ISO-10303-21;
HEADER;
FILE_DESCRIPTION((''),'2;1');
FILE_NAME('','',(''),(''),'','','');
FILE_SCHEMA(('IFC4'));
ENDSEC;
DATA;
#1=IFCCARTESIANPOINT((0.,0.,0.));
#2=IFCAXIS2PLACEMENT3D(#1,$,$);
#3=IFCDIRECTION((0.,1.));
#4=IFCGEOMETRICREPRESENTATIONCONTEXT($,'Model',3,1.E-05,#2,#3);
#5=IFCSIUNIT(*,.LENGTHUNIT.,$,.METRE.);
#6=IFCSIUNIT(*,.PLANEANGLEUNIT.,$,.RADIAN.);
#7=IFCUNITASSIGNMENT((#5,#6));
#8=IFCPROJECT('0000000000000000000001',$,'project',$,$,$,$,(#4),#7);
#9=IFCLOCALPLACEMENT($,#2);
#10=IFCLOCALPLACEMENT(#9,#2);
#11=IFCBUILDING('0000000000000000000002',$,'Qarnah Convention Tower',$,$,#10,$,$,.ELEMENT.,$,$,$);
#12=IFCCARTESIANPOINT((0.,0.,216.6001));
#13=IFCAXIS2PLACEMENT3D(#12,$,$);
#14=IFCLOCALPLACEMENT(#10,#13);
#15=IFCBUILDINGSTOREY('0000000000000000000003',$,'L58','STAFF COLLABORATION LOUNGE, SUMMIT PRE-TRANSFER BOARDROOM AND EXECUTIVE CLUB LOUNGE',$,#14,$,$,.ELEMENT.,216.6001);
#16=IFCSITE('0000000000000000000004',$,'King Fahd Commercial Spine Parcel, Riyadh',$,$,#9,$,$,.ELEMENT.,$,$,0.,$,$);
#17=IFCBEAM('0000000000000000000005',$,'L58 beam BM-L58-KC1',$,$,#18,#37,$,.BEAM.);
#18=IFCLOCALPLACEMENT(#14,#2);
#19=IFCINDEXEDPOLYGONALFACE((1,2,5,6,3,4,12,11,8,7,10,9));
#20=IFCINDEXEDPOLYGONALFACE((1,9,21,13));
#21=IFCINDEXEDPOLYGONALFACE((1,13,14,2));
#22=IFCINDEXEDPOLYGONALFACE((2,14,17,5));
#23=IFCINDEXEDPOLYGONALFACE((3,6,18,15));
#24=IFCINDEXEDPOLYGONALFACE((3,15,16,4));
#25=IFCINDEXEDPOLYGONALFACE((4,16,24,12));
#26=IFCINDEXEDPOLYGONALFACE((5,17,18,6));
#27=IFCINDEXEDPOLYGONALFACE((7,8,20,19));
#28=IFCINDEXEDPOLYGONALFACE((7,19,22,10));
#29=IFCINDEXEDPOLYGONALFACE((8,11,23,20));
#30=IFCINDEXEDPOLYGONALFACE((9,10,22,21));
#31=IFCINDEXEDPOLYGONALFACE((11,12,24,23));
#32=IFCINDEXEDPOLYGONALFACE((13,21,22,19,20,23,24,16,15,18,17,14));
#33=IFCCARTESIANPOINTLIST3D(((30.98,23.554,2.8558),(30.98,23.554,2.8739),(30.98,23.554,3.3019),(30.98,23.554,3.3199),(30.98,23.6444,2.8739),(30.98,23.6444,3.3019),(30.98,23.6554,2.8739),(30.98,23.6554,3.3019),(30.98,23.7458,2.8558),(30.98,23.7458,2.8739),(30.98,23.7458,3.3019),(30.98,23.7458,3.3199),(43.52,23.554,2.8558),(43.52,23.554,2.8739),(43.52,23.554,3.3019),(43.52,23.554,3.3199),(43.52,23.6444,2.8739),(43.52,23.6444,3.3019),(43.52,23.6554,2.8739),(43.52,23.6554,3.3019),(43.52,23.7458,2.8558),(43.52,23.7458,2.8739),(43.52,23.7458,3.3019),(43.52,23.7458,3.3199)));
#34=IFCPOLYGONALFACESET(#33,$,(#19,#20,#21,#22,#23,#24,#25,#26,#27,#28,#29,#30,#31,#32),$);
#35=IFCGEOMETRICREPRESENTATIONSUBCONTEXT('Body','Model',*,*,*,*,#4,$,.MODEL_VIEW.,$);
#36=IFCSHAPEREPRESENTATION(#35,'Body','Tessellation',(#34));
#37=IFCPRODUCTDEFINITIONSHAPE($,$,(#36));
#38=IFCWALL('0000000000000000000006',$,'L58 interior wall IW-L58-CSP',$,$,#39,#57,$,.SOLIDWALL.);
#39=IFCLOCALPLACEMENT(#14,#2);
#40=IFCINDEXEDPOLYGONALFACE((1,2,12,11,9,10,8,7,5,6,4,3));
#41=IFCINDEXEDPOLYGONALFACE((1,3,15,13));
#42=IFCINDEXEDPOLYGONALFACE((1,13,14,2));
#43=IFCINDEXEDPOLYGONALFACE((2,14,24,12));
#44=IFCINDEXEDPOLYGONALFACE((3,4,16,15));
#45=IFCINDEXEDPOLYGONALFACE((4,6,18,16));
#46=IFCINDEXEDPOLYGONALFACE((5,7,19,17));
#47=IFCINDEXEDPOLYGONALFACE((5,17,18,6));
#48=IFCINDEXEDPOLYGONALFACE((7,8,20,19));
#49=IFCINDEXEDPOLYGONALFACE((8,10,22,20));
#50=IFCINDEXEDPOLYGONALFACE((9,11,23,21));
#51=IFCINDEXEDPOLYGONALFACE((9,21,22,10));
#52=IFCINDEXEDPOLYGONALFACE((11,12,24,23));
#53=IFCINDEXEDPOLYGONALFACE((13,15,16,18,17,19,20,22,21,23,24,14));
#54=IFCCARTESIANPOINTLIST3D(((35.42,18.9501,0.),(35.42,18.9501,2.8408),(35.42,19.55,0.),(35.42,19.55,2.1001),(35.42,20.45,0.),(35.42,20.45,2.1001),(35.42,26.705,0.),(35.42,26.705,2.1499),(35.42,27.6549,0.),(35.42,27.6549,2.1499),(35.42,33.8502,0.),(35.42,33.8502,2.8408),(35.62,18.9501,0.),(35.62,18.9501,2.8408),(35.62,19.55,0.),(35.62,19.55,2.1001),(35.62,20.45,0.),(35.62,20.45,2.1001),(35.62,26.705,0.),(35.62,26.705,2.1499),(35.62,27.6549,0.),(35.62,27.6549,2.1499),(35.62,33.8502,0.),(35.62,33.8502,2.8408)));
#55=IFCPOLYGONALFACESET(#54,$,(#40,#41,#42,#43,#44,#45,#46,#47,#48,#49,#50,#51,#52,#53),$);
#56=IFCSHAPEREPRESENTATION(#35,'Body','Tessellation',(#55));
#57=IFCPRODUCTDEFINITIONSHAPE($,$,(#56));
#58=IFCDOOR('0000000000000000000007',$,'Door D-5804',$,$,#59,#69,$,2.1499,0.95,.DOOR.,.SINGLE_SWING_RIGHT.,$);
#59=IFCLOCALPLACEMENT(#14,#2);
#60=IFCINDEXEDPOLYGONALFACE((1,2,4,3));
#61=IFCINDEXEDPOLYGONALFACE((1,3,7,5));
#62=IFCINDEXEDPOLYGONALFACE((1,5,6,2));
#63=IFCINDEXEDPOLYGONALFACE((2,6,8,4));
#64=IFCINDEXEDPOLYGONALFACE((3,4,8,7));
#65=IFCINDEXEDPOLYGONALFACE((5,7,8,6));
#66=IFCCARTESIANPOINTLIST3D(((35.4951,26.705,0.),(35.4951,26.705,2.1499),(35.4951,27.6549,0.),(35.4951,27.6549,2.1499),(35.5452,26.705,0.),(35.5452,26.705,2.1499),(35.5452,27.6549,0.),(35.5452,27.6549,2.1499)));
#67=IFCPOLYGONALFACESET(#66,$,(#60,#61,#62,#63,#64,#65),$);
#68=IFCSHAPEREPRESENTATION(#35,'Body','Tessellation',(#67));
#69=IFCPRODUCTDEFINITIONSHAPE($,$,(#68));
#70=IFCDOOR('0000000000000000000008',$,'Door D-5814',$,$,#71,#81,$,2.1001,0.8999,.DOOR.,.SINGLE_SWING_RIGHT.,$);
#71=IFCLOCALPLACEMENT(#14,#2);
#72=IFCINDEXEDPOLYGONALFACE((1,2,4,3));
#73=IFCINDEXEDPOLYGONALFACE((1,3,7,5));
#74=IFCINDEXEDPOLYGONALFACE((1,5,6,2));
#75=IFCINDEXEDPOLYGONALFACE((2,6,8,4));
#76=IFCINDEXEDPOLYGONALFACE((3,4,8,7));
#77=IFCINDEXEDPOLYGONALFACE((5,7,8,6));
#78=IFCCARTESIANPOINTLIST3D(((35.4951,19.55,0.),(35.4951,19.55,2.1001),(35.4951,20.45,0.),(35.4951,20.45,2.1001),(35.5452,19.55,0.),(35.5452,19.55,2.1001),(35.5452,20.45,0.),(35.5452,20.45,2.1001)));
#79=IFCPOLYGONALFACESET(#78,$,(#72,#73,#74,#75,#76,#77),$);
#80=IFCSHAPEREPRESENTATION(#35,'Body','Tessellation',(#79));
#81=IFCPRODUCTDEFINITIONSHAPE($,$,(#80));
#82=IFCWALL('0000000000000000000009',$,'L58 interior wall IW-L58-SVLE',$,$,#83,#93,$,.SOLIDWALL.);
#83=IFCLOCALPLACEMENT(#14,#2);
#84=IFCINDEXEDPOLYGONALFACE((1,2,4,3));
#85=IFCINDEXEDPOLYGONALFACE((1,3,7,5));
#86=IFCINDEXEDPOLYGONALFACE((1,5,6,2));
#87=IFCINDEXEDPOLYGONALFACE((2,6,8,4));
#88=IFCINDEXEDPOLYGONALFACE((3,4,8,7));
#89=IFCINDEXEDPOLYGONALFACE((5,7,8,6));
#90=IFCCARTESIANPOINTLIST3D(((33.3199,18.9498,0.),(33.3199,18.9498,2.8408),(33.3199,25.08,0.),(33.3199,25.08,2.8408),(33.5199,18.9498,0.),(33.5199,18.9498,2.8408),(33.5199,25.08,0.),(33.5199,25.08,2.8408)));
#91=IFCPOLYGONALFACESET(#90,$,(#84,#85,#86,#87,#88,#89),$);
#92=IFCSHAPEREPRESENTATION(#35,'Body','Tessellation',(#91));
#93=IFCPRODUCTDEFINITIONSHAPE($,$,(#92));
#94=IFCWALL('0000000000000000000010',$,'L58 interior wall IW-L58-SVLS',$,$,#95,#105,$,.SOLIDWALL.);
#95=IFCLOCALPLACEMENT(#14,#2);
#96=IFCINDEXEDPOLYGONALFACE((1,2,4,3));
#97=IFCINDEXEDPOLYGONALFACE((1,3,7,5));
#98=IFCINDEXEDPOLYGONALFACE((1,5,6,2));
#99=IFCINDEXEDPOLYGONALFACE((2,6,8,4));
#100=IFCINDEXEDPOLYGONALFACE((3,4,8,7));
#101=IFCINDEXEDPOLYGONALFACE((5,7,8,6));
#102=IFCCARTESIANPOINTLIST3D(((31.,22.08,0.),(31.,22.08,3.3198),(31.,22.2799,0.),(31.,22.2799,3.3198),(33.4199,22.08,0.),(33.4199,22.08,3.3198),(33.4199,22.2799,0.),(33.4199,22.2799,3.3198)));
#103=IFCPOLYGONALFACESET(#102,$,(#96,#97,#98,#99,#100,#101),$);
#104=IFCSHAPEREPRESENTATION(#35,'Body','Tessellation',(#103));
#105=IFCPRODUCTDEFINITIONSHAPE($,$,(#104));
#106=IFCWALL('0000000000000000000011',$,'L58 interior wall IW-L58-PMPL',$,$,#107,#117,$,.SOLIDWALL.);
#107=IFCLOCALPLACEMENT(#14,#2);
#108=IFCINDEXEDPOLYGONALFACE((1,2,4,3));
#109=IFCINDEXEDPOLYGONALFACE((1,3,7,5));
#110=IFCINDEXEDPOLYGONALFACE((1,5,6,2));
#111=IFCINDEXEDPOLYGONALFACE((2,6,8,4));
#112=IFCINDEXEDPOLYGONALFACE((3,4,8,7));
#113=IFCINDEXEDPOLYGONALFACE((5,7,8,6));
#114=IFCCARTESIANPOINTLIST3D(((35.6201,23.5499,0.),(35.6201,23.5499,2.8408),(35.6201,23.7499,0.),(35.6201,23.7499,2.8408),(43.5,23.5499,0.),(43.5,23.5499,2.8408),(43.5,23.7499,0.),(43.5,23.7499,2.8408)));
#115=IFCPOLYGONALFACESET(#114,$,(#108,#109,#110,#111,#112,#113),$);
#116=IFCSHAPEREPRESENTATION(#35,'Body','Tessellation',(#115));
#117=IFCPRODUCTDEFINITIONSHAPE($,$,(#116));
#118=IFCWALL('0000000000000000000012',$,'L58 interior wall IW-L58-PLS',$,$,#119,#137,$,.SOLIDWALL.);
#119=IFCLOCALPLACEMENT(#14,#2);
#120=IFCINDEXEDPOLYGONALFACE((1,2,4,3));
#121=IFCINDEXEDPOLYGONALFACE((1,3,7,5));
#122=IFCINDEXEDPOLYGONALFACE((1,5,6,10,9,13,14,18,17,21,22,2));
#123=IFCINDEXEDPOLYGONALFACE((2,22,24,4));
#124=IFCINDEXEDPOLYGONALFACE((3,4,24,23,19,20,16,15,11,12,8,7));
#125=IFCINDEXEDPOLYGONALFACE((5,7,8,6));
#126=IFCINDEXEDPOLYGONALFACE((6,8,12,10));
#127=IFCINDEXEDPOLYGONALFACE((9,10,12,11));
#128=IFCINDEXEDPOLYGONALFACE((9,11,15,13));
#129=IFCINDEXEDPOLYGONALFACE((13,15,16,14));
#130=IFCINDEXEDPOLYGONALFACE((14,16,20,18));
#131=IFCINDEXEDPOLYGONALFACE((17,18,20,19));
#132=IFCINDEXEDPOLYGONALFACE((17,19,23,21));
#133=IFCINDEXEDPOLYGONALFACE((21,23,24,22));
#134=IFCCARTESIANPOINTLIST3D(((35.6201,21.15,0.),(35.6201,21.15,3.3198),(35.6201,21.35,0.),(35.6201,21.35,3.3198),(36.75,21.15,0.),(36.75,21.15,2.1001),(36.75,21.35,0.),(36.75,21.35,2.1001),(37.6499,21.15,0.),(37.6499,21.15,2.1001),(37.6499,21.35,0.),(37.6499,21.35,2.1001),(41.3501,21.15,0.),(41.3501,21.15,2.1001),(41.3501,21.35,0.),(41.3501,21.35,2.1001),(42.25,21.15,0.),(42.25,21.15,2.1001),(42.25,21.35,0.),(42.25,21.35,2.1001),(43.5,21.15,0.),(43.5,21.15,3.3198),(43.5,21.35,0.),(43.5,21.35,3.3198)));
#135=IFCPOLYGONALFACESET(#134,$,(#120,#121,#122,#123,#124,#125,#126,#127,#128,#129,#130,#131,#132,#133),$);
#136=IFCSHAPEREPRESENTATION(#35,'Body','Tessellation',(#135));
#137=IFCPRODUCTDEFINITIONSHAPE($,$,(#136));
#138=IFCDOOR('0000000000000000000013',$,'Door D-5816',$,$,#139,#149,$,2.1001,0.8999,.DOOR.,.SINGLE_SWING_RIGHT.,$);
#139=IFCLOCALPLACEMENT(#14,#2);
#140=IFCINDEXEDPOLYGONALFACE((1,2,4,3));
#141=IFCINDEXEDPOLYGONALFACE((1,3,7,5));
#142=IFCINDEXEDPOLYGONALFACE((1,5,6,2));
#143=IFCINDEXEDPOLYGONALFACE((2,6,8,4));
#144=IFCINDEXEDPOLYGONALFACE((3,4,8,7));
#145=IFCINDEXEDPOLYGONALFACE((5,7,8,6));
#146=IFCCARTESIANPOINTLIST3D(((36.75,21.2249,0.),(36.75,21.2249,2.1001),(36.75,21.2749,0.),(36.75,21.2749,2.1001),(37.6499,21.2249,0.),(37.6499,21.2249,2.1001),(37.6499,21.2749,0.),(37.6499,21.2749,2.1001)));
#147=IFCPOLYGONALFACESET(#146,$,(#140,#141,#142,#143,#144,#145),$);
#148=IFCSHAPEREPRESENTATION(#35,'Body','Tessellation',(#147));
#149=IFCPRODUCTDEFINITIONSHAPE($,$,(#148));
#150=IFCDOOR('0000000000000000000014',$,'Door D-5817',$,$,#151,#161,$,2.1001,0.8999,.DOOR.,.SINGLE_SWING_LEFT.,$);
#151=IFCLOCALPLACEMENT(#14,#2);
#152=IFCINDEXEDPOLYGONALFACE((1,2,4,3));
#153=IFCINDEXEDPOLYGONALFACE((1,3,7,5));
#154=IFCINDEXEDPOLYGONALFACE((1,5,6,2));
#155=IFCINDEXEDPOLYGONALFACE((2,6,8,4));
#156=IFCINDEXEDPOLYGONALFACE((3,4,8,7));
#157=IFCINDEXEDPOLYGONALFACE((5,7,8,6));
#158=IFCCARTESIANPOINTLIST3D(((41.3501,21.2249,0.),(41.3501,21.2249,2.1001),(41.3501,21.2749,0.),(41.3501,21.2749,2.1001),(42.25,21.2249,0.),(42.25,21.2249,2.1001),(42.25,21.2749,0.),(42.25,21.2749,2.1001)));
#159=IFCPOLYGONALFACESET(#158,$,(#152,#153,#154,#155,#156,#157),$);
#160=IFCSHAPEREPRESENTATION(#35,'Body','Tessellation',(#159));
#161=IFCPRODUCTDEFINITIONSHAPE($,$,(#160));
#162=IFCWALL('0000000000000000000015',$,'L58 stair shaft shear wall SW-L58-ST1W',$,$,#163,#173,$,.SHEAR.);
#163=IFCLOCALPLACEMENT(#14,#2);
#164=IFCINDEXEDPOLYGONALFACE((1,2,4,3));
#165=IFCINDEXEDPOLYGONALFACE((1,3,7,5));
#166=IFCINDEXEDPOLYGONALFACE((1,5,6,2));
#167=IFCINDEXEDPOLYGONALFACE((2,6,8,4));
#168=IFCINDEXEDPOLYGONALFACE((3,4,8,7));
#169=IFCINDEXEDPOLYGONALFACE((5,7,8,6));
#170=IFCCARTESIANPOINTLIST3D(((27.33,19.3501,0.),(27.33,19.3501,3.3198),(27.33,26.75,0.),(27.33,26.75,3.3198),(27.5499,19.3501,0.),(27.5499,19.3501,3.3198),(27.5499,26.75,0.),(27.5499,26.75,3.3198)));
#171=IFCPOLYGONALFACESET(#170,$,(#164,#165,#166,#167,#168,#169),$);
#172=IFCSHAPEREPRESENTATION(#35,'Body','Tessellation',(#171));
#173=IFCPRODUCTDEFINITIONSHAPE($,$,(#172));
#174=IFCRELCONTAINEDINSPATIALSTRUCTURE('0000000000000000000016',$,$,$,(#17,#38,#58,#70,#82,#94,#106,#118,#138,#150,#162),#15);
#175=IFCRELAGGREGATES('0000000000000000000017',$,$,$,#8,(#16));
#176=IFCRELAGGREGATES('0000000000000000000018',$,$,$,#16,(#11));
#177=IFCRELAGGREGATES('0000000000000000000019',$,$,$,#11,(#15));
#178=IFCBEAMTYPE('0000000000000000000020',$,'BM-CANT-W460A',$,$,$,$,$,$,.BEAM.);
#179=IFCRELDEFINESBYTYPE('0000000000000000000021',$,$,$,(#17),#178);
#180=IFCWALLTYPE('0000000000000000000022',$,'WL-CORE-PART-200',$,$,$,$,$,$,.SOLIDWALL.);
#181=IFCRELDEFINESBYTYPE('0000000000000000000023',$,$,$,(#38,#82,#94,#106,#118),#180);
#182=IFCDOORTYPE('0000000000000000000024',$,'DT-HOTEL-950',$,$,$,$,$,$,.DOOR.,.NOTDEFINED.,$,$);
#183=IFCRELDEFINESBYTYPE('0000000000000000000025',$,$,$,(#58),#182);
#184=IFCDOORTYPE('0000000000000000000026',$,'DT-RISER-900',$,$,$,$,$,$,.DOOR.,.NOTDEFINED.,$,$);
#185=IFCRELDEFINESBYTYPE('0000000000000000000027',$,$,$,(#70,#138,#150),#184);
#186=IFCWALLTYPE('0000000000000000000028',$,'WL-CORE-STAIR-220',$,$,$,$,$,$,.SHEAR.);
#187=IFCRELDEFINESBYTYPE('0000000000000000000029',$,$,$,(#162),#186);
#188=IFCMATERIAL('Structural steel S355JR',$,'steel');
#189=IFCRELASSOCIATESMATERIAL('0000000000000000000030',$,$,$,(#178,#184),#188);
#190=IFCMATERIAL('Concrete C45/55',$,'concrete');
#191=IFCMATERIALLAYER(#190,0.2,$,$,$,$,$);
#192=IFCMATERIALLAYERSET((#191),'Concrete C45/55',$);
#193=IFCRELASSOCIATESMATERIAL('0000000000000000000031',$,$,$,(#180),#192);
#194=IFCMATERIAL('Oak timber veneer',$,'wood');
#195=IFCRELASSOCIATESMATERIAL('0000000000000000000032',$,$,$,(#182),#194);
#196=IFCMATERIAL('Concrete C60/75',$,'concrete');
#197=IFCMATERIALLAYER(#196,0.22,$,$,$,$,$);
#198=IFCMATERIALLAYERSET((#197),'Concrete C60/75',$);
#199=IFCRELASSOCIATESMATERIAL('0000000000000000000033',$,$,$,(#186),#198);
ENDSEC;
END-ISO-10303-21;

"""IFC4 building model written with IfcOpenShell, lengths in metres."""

from ifc_helpers import new_model, si_unit, direction, frame, frame_2d, origin, origin_2d, place, context, subcontext, project, spatial, rectangle, i_section, extrude, material, layer, layer_set, material_profile, profile_set, type_object, element, fill, save


model = new_model("IFC4")

# Units and contexts
model_context = context("Model", 3, precision=1e-05, world=origin(), true_north=direction((0.0, 1.0)))
body_context = subcontext(model_context, "Body", "Model", "MODEL_VIEW")
ifc_project = project(units=[si_unit("LENGTHUNIT", "METRE"), si_unit("PLANEANGLEUNIT", "RADIAN")], contexts=[model_context])

# Site, building, storey
site_placement = place(None, origin())
site = spatial("IfcSite", under=ifc_project, at=site_placement, Name="King Fahd Commercial Spine Parcel, Riyadh", CompositionType="ELEMENT", RefElevation=0.0)
building_placement = place(site_placement, origin())
building = spatial("IfcBuilding", under=site, at=building_placement, Name="Qarnah Convention Tower", CompositionType="ELEMENT")
storey_placement = place(building_placement, frame((0.0, 0.0, 216.6001)))
storey = spatial("IfcBuildingStorey", under=building, at=storey_placement, Name="L58", Description="STAFF COLLABORATION LOUNGE, SUMMIT PRE-TRANSFER BOARDROOM AND EXECUTIVE CLUB LOUNGE", CompositionType="ELEMENT", Elevation=216.6001)

# Beam
ifc_material_1 = material(Name="Structural steel S355JR", Category="steel")
ifc_material_profile = material_profile(ifc_material_1, i_section(OverallWidth=0.1919, OverallDepth=0.4641, WebThickness=0.011, FlangeThickness=0.0181, at=origin_2d()), Name="W460X89")
ifc_profile_set = profile_set([ifc_material_profile], Name="Structural steel S355JR")
beam_type = type_object("IfcBeamType", Name="BM-CANT-W460A", PredefinedType="BEAM", material=ifc_profile_set)
beam_placement = place(storey_placement, frame((30.98, 23.6499, 3.0879), z_axis=(1.0, 0.0, 0.0), x_axis=(0.0, 1.0, 0.0)))
element("IfcBeam", 1, at=beam_placement, inside=storey, type_object=beam_type, Name="L58 beam BM-L58-KC1", PredefinedType="BEAM", context=body_context, shape_type="SweptSolid", body=[
    extrude(i_section(OverallWidth=0.1919, OverallDepth=0.4641, WebThickness=0.011, FlangeThickness=0.0181, at=origin_2d()), origin(), (0.0, 0.0, 1.0), 12.54),
])

# Wall, openings, doors
ifc_material_2 = material(Name="Concrete C45/55", Category="concrete")
ifc_layer_1 = layer(ifc_material_2, 0.2)
ifc_layer_set_1 = layer_set([ifc_layer_1], Name="Concrete C45/55")
wall_type_1 = type_object("IfcWallType", Name="WL-CORE-PART-200", PredefinedType="SOLIDWALL", material=ifc_layer_set_1)
wall_1_placement = place(storey_placement, frame((35.52, 18.95, 0.0), z_axis=(0.0, 0.0, 1.0), x_axis=(0.0, 1.0, 0.0)))
wall_1 = element("IfcWall", 2, at=wall_1_placement, inside=storey, type_object=wall_type_1, Name="L58 interior wall IW-L58-CSP", PredefinedType="SOLIDWALL", context=body_context, shape_type="SweptSolid", body=[
    extrude(rectangle(XDim=14.9001, YDim=0.2, at=frame_2d((7.4502, 0.0))), origin(), (0.0, 0.0, 1.0), 2.8408),
])
opening_1_placement = place(wall_1_placement, frame((7.7549, 0.0, 0.0)))
opening_1 = element("IfcOpeningElement", 3, at=opening_1_placement, cuts=wall_1, PredefinedType="OPENING", context=body_context, shape_type="SweptSolid", body=[
    extrude(rectangle(XDim=0.95, YDim=2.1499, at=frame_2d((0.4751, 1.075))), frame((0.0, 0.1099, 0.0), z_axis=(0.0, -1.0, 0.0), x_axis=(1.0, 0.0, 0.0)), (0.0, 0.0, 1.0), 0.22),
])
opening_2_placement = place(wall_1_placement, frame((0.6001, 0.0, 0.0)))
opening_2 = element("IfcOpeningElement", 4, at=opening_2_placement, cuts=wall_1, PredefinedType="OPENING", context=body_context, shape_type="SweptSolid", body=[
    extrude(rectangle(XDim=0.8999, YDim=2.1001, at=frame_2d((0.45, 1.05))), frame((0.0, 0.1099, 0.0), z_axis=(0.0, -1.0, 0.0), x_axis=(1.0, 0.0, 0.0)), (0.0, 0.0, 1.0), 0.22),
])
ifc_material_3 = material(Name="Oak timber veneer", Category="wood")
door_type_1 = type_object("IfcDoorType", Name="DT-HOTEL-950", OperationType="NOTDEFINED", PredefinedType="DOOR", material=ifc_material_3)
door_1_placement = place(opening_1_placement, origin())
door_1 = element("IfcDoor", 5, at=door_1_placement, inside=storey, type_object=door_type_1, Name="Door D-5804", OperationType="SINGLE_SWING_RIGHT", OverallHeight=2.1499, OverallWidth=0.95, PredefinedType="DOOR", context=body_context, shape_type="SweptSolid", body=[
    extrude(rectangle(XDim=0.95, YDim=2.1499, at=frame_2d((0.4751, 1.075))), frame((0.0, 0.0249, 0.0), z_axis=(0.0, -1.0, 0.0), x_axis=(1.0, 0.0, 0.0)), (0.0, 0.0, 1.0), 0.05),
])
fill(opening_1, door_1)
door_type_2 = type_object("IfcDoorType", Name="DT-RISER-900", OperationType="NOTDEFINED", PredefinedType="DOOR", material=ifc_material_1)
door_2_placement = place(opening_2_placement, origin())
door_2 = element("IfcDoor", 6, at=door_2_placement, inside=storey, type_object=door_type_2, Name="Door D-5814", OperationType="SINGLE_SWING_RIGHT", OverallHeight=2.1001, OverallWidth=0.8999, PredefinedType="DOOR", context=body_context, shape_type="SweptSolid", body=[
    extrude(rectangle(XDim=0.8999, YDim=2.1001, at=frame_2d((0.45, 1.05))), frame((0.0, 0.0249, 0.0), z_axis=(0.0, -1.0, 0.0), x_axis=(1.0, 0.0, 0.0)), (0.0, 0.0, 1.0), 0.05),
])
fill(opening_2, door_2)

# Walls
wall_2_placement = place(storey_placement, frame((33.4199, 18.95, 0.0), z_axis=(0.0, 0.0, 1.0), x_axis=(0.0, 1.0, 0.0)))
element("IfcWall", 7, at=wall_2_placement, inside=storey, type_object=wall_type_1, Name="L58 interior wall IW-L58-SVLE", PredefinedType="SOLIDWALL", context=body_context, shape_type="SweptSolid", body=[
    extrude(rectangle(XDim=6.1301, YDim=0.2, at=frame_2d((3.0649, 0.0))), origin(), (0.0, 0.0, 1.0), 2.8408),
])
wall_3_placement = place(storey_placement, frame((31.0, 22.1799, 0.0), z_axis=(0.0, 0.0, 1.0), x_axis=(1.0, 0.0, 0.0)))
element("IfcWall", 8, at=wall_3_placement, inside=storey, type_object=wall_type_1, Name="L58 interior wall IW-L58-SVLS", PredefinedType="SOLIDWALL", context=body_context, shape_type="SweptSolid", body=[
    extrude(rectangle(XDim=2.4199, YDim=0.2, at=frame_2d((1.21, 0.0))), origin(), (0.0, 0.0, 1.0), 3.3198),
])
wall_4_placement = place(storey_placement, frame((35.6201, 23.6499, 0.0), z_axis=(0.0, 0.0, 1.0), x_axis=(1.0, 0.0, 0.0)))
element("IfcWall", 9, at=wall_4_placement, inside=storey, type_object=wall_type_1, Name="L58 interior wall IW-L58-PMPL", PredefinedType="SOLIDWALL", context=body_context, shape_type="SweptSolid", body=[
    extrude(rectangle(XDim=7.8799, YDim=0.2, at=frame_2d((3.9399, 0.0))), origin(), (0.0, 0.0, 1.0), 2.8408),
])

# Wall, openings, doors
wall_5_placement = place(storey_placement, frame((35.6201, 21.25, 0.0), z_axis=(0.0, 0.0, 1.0), x_axis=(1.0, 0.0, 0.0)))
wall_5 = element("IfcWall", 10, at=wall_5_placement, inside=storey, type_object=wall_type_1, Name="L58 interior wall IW-L58-PLS", PredefinedType="SOLIDWALL", context=body_context, shape_type="SweptSolid", body=[
    extrude(rectangle(XDim=7.8799, YDim=0.2, at=frame_2d((3.9399, 0.0))), origin(), (0.0, 0.0, 1.0), 3.3198),
])
opening_3_placement = place(wall_5_placement, frame((1.1299, 0.0, 0.0)))
opening_3 = element("IfcOpeningElement", 11, at=opening_3_placement, cuts=wall_5, PredefinedType="OPENING", context=body_context, shape_type="SweptSolid", body=[
    extrude(rectangle(XDim=0.8999, YDim=2.1001, at=frame_2d((0.45, 1.05))), frame((0.0, 0.1099, 0.0), z_axis=(0.0, -1.0, 0.0), x_axis=(1.0, 0.0, 0.0)), (0.0, 0.0, 1.0), 0.22),
])
opening_4_placement = place(wall_5_placement, frame((5.73, 0.0, 0.0)))
opening_4 = element("IfcOpeningElement", 12, at=opening_4_placement, cuts=wall_5, PredefinedType="OPENING", context=body_context, shape_type="SweptSolid", body=[
    extrude(rectangle(XDim=0.8999, YDim=2.1001, at=frame_2d((0.45, 1.05))), frame((0.0, 0.1099, 0.0), z_axis=(0.0, -1.0, 0.0), x_axis=(1.0, 0.0, 0.0)), (0.0, 0.0, 1.0), 0.22),
])
door_3_placement = place(opening_3_placement, origin())
door_3 = element("IfcDoor", 13, at=door_3_placement, inside=storey, type_object=door_type_2, Name="Door D-5816", OperationType="SINGLE_SWING_RIGHT", OverallHeight=2.1001, OverallWidth=0.8999, PredefinedType="DOOR", context=body_context, shape_type="SweptSolid", body=[
    extrude(rectangle(XDim=0.8999, YDim=2.1001, at=frame_2d((0.45, 1.05))), frame((0.0, 0.0249, 0.0), z_axis=(0.0, -1.0, 0.0), x_axis=(1.0, 0.0, 0.0)), (0.0, 0.0, 1.0), 0.05),
])
fill(opening_3, door_3)
door_4_placement = place(opening_4_placement, origin())
door_4 = element("IfcDoor", 14, at=door_4_placement, inside=storey, type_object=door_type_2, Name="Door D-5817", OperationType="SINGLE_SWING_LEFT", OverallHeight=2.1001, OverallWidth=0.8999, PredefinedType="DOOR", context=body_context, shape_type="SweptSolid", body=[
    extrude(rectangle(XDim=0.8999, YDim=2.1001, at=frame_2d((0.45, 1.05))), frame((0.0, 0.0249, 0.0), z_axis=(0.0, -1.0, 0.0), x_axis=(1.0, 0.0, 0.0)), (0.0, 0.0, 1.0), 0.05),
])
fill(opening_4, door_4)

# Wall
ifc_material_4 = material(Name="Concrete C60/75", Category="concrete")
ifc_layer_2 = layer(ifc_material_4, 0.22)
ifc_layer_set_2 = layer_set([ifc_layer_2], Name="Concrete C60/75")
wall_type_2 = type_object("IfcWallType", Name="WL-CORE-STAIR-220", PredefinedType="SHEAR", material=ifc_layer_set_2)
wall_6_placement = place(storey_placement, frame((27.4399, 19.3501, 0.0), z_axis=(0.0, 0.0, 1.0), x_axis=(0.0, 1.0, 0.0)))
element("IfcWall", 15, at=wall_6_placement, inside=storey, type_object=wall_type_2, Name="L58 stair shaft shear wall SW-L58-ST1W", PredefinedType="SHEAR", context=body_context, shape_type="SweptSolid", body=[
    extrude(rectangle(XDim=7.3999, YDim=0.22, at=frame_2d((3.7, 0.0))), origin(), (0.0, 0.0, 1.0), 3.3198),
])

save(model, "model.ifc")
